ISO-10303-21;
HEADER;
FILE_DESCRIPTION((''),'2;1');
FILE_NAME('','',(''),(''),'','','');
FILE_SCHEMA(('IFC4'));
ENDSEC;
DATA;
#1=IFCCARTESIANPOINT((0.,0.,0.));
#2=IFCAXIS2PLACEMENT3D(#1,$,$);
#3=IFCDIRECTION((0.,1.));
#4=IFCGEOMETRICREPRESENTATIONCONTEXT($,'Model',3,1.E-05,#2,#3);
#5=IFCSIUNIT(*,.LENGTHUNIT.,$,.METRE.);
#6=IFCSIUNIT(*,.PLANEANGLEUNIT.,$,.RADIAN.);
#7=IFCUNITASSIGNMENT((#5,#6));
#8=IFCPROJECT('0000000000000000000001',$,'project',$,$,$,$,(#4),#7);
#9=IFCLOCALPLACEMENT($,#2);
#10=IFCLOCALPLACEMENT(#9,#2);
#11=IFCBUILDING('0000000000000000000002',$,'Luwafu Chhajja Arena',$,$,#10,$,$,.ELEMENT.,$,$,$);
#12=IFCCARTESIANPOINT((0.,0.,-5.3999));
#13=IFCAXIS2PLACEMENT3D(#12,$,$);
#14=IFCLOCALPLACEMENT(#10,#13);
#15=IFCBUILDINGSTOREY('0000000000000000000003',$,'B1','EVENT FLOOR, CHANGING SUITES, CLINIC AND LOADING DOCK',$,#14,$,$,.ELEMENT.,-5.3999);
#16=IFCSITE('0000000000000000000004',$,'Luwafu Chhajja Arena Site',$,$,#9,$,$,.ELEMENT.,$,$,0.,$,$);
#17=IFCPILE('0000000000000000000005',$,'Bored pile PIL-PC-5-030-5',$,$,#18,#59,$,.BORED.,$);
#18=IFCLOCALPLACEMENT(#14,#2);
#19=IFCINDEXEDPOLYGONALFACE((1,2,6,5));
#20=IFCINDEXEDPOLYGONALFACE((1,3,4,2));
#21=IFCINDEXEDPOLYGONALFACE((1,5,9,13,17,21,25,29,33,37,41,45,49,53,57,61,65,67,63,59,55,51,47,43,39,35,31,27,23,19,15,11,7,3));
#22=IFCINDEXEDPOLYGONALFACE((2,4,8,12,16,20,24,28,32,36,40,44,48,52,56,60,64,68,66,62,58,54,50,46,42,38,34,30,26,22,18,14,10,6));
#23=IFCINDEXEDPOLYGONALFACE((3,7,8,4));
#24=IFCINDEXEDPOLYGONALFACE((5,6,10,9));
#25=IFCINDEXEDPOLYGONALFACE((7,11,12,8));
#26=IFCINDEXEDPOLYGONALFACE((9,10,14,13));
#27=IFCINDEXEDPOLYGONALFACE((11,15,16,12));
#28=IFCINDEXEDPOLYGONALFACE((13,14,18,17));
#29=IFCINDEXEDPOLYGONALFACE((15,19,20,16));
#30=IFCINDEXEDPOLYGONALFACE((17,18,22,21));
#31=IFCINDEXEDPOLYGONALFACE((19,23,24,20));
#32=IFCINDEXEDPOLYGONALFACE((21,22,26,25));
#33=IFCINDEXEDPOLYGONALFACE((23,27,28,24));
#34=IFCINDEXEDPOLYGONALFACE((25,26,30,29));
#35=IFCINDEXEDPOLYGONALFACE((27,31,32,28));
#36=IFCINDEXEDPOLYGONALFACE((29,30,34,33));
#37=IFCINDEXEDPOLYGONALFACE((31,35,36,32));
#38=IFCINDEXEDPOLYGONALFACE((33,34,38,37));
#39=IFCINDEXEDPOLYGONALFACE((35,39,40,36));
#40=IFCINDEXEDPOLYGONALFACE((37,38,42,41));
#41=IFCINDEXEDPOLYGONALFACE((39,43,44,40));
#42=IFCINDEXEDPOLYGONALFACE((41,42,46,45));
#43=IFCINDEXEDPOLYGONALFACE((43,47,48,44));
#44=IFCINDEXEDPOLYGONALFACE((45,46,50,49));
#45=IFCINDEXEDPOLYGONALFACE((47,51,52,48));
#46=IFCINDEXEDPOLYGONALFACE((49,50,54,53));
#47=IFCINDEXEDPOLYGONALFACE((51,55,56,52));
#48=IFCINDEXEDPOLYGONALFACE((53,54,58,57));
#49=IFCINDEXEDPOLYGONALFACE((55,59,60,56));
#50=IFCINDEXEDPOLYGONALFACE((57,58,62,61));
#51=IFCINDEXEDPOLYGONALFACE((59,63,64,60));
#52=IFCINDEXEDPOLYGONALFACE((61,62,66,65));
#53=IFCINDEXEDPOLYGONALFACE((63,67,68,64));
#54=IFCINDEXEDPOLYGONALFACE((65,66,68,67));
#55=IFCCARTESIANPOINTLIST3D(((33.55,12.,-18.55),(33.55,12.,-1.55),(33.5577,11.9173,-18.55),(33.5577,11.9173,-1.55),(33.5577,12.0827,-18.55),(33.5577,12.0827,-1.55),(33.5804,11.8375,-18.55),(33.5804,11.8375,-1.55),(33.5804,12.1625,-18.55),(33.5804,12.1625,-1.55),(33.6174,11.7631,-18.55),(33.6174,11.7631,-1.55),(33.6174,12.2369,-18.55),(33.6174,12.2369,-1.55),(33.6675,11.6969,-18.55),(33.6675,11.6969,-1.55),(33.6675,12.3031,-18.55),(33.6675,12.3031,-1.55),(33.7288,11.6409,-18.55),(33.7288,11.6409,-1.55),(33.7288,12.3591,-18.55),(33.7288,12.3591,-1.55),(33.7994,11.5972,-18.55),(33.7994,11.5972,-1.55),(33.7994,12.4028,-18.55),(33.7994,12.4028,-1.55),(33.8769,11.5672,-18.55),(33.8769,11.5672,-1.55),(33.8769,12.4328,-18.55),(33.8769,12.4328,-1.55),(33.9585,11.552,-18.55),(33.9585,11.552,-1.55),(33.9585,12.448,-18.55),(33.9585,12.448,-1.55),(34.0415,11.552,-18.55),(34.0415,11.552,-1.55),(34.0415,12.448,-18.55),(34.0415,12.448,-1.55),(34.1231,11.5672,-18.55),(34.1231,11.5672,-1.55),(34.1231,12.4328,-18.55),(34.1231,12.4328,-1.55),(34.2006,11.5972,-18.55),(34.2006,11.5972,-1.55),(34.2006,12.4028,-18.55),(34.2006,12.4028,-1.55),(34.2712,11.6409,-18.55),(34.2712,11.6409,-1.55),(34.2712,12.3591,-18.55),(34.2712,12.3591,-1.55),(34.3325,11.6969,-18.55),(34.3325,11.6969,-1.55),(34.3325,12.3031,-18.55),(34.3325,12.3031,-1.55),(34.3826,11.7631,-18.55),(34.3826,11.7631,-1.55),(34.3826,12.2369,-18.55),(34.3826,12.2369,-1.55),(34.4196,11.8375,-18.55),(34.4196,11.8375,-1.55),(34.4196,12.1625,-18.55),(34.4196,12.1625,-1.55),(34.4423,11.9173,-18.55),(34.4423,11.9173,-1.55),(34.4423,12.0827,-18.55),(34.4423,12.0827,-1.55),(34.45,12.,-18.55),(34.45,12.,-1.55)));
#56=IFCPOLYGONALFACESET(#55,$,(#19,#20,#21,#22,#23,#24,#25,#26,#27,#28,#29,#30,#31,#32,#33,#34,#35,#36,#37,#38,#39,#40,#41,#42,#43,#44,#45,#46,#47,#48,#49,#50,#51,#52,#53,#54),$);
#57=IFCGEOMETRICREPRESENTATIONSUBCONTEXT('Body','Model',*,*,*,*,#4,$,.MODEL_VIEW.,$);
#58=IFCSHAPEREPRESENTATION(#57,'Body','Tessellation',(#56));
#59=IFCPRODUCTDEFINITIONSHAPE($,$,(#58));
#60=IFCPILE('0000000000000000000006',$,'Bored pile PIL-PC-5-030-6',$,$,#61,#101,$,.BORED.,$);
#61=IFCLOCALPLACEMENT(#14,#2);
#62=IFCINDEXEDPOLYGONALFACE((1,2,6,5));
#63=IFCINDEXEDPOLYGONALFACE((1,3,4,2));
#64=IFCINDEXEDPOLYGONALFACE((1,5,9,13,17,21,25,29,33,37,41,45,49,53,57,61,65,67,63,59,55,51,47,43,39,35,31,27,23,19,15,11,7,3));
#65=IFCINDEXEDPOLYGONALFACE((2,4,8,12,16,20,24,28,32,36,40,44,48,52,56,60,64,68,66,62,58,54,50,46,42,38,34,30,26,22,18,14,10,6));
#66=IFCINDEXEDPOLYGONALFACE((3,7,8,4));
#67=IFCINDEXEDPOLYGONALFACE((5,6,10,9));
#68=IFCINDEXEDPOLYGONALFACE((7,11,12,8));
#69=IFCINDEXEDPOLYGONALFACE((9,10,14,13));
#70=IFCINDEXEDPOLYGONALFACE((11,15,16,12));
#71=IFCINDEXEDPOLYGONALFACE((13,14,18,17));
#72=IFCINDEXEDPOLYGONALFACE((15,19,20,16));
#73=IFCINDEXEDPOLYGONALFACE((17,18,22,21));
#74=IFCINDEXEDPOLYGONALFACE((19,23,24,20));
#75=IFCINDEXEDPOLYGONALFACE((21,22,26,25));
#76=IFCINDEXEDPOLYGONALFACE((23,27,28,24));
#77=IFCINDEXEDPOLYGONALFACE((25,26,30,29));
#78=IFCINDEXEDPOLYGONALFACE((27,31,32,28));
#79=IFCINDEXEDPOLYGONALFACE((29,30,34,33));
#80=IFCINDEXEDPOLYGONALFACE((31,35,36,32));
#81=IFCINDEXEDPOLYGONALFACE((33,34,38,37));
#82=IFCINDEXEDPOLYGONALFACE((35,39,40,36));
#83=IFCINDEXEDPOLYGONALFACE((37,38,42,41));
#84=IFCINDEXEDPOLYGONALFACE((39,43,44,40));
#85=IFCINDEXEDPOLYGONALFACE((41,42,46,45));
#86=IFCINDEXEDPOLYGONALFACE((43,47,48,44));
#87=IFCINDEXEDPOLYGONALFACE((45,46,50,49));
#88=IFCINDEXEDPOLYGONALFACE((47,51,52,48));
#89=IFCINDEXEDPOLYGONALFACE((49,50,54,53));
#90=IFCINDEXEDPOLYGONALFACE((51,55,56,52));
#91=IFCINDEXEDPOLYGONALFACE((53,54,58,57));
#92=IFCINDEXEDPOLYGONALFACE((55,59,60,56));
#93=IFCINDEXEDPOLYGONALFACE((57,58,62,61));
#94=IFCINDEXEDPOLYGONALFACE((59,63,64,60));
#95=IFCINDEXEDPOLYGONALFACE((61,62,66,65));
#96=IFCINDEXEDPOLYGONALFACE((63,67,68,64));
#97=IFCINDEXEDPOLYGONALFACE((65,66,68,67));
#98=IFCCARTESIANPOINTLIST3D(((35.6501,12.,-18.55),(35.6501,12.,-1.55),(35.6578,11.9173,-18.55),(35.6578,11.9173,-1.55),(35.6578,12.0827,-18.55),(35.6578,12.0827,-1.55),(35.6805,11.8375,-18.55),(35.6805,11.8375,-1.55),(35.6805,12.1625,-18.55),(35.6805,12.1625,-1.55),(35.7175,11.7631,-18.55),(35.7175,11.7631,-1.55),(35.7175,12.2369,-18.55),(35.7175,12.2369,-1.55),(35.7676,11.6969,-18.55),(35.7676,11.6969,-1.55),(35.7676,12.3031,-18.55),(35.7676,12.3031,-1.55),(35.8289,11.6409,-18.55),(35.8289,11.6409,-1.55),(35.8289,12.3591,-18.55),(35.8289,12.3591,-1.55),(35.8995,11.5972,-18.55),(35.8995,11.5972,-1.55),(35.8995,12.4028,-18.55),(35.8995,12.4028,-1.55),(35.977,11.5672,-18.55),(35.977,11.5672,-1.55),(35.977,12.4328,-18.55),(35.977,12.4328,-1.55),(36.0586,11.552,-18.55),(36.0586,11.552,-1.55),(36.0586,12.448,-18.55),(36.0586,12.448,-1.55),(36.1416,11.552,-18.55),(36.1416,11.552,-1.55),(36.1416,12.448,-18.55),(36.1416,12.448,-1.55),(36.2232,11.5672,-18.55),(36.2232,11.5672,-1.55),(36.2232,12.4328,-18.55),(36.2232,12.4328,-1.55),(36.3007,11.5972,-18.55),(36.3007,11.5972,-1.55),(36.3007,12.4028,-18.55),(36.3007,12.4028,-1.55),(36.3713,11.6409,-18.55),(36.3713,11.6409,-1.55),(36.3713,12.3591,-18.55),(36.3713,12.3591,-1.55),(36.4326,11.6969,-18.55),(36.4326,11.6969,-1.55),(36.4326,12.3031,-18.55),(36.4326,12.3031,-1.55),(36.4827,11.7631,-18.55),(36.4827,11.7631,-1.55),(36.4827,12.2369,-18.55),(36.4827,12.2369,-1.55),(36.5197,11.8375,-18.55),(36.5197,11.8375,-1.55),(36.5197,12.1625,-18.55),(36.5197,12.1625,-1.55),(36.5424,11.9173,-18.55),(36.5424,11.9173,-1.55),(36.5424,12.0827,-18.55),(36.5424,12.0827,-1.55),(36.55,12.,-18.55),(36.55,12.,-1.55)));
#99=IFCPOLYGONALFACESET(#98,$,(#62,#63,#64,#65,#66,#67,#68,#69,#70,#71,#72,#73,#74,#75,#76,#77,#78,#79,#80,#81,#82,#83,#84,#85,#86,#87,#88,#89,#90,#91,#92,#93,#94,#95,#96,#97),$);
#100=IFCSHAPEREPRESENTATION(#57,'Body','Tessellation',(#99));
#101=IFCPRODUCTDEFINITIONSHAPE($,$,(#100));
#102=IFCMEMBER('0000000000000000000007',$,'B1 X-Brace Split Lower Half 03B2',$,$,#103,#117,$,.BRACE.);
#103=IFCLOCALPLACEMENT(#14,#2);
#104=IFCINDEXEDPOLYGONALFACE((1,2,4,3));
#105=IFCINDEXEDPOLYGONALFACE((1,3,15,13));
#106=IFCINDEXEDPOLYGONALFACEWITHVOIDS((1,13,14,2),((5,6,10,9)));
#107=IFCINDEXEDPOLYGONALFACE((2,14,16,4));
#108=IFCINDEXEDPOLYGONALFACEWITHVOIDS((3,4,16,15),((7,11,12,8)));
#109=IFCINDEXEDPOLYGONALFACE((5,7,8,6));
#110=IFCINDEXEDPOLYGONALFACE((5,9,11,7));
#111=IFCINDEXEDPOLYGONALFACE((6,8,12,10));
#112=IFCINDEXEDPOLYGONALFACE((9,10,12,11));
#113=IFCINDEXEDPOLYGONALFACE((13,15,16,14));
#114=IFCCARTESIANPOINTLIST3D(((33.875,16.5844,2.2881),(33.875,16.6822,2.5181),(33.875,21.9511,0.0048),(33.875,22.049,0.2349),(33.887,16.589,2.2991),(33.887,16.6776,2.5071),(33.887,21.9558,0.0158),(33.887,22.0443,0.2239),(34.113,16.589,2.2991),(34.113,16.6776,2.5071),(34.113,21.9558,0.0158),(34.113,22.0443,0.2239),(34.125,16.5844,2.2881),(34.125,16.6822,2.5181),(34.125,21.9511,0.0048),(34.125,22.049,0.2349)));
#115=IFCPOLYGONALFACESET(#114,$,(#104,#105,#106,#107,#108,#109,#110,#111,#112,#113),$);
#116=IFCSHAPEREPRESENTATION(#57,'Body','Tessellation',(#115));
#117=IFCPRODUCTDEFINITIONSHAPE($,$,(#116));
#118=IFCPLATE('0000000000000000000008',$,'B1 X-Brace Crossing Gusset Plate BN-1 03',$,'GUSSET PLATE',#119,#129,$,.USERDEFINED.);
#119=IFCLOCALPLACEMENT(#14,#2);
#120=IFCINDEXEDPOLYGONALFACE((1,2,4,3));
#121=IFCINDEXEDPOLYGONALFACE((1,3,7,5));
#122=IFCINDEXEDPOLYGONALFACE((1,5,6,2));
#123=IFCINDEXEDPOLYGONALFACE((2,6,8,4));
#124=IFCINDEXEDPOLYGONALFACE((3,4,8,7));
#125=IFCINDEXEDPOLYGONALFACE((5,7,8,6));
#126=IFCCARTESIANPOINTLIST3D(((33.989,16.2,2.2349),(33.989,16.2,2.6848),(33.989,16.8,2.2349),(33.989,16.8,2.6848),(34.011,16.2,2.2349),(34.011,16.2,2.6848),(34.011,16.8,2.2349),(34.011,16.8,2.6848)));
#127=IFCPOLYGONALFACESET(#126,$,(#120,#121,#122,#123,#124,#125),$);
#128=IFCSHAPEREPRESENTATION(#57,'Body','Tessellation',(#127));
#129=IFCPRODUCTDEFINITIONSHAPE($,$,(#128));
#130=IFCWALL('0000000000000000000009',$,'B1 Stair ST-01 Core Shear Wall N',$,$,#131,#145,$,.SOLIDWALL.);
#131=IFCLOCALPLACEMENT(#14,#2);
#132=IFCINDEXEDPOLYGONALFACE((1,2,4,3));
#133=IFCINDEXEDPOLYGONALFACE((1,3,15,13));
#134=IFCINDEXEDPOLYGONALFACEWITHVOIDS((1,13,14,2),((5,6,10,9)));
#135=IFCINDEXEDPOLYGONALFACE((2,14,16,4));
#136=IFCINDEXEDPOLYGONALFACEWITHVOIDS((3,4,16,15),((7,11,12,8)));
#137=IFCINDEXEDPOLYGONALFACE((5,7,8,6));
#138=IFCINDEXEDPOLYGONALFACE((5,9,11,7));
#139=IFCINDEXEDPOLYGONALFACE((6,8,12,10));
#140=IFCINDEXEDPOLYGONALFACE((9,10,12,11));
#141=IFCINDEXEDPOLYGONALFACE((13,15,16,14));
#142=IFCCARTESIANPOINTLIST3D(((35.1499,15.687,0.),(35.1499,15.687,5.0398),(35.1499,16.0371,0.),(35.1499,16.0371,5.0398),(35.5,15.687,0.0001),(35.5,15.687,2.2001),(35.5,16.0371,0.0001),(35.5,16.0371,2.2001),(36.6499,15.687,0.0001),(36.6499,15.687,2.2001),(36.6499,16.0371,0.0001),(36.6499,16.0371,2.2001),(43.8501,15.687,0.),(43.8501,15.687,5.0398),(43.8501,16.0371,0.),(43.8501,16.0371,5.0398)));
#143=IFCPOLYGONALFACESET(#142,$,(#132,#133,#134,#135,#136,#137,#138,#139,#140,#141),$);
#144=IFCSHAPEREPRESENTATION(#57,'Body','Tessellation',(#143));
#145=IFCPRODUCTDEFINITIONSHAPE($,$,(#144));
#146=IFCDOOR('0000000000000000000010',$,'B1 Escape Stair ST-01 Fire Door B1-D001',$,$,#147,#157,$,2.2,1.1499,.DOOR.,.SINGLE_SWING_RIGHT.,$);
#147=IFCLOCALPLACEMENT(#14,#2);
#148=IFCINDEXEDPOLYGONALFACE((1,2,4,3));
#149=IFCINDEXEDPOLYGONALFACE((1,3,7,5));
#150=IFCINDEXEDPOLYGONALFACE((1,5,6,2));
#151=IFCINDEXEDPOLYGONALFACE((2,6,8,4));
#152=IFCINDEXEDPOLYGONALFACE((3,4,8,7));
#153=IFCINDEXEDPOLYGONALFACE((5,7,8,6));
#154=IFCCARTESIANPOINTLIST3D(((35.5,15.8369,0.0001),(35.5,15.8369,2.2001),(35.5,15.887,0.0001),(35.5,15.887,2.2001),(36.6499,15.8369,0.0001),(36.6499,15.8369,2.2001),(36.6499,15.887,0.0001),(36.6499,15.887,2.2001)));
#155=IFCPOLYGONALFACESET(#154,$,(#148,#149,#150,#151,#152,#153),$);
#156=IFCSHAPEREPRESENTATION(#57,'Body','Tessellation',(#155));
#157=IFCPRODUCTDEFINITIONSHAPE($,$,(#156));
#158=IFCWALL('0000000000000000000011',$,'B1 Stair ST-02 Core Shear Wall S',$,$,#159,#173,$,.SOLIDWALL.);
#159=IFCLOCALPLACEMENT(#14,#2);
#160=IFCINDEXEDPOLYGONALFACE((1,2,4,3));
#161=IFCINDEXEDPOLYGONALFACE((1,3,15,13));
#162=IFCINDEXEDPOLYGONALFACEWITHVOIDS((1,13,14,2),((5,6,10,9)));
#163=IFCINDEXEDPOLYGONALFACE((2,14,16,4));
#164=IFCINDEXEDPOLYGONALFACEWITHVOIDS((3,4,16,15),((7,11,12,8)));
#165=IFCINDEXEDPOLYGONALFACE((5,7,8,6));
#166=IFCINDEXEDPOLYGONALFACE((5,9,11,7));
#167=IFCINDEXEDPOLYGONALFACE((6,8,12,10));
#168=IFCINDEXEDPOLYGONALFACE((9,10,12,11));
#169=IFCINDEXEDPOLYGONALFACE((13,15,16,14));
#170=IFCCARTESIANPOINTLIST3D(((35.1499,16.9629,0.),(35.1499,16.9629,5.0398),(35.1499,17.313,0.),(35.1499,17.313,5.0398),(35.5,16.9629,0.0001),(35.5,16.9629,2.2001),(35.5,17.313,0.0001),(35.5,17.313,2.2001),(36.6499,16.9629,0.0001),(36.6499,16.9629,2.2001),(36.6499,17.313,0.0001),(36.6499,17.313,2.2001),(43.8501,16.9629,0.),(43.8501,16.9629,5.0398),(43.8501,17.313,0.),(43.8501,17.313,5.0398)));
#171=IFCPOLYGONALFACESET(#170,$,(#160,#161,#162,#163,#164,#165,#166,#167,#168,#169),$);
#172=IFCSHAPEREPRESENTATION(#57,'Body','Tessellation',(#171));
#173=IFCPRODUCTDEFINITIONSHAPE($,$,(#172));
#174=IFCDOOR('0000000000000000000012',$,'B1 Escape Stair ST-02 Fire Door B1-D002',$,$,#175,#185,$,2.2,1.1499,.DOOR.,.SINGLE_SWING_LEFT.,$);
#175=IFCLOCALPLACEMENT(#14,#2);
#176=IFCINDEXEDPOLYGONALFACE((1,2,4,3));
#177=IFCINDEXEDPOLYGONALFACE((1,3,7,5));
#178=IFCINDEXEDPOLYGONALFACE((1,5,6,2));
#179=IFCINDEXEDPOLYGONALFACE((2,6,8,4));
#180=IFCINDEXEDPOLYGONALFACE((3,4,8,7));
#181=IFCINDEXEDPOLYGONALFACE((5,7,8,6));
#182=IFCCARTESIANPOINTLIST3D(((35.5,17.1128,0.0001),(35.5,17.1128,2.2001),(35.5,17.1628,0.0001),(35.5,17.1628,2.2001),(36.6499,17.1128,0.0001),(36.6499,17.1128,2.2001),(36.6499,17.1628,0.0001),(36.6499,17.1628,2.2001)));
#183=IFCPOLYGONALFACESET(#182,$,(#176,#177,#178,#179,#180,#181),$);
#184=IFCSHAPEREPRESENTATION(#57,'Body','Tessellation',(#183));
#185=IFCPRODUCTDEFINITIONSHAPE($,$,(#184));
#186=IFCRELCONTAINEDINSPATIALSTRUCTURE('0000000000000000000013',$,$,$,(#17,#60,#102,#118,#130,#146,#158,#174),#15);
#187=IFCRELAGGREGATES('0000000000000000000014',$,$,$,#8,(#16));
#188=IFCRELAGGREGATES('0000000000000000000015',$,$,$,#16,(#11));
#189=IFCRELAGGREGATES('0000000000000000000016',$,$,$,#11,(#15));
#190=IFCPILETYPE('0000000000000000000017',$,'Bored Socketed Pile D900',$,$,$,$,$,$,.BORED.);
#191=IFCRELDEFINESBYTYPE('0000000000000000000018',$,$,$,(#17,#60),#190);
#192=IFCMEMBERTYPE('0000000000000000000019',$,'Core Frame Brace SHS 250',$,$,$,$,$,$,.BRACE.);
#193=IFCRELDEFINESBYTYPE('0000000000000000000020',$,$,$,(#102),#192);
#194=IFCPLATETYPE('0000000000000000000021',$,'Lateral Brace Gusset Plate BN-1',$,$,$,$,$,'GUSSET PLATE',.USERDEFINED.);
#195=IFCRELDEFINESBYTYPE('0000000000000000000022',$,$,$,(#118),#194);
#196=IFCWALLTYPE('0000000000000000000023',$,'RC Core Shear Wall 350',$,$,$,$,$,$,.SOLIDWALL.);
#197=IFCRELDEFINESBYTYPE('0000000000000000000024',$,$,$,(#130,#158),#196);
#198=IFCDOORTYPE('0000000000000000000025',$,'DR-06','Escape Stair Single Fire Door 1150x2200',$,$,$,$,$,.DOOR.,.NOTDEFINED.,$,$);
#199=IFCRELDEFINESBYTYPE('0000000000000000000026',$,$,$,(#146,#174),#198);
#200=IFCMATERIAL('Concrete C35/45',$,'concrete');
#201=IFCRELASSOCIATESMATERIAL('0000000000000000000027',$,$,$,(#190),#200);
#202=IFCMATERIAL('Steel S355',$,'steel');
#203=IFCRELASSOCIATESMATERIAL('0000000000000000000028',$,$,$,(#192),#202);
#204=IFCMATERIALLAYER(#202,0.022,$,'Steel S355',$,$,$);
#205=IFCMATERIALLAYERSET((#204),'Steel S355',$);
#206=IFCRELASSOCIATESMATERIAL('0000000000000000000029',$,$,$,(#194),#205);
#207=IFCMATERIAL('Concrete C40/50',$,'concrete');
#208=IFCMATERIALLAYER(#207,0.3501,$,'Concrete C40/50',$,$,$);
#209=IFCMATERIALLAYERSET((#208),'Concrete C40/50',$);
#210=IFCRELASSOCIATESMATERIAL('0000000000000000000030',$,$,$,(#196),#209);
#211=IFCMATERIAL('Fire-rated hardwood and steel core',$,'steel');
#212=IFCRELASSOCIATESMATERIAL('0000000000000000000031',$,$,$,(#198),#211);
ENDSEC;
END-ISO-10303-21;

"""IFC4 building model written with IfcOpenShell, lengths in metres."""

from ifc_helpers import new_model, si_unit, direction, frame, frame_2d, origin, origin_2d, place, context, subcontext, project, spatial, rectangle, hollow_rectangle, circle, extrude, material, layer, layer_set, material_profile, profile_set, type_object, element, fill, save


model = new_model("IFC4")

# Units and contexts
model_context = context("Model", 3, precision=1e-05, world=origin(), true_north=direction((0.0, 1.0)))
body_context = subcontext(model_context, "Body", "Model", "MODEL_VIEW")
ifc_project = project(units=[si_unit("LENGTHUNIT", "METRE"), si_unit("PLANEANGLEUNIT", "RADIAN")], contexts=[model_context])

# Site, building, storey
site_placement = place(None, origin())
site = spatial("IfcSite", under=ifc_project, at=site_placement, Name="Luwafu Chhajja Arena Site", CompositionType="ELEMENT", RefElevation=0.0)
building_placement = place(site_placement, origin())
building = spatial("IfcBuilding", under=site, at=building_placement, Name="Luwafu Chhajja Arena", CompositionType="ELEMENT")
storey_placement = place(building_placement, frame((0.0, 0.0, -5.3999)))
storey = spatial("IfcBuildingStorey", under=building, at=storey_placement, Name="B1", Description="EVENT FLOOR, CHANGING SUITES, CLINIC AND LOADING DOCK", CompositionType="ELEMENT", Elevation=-5.3999)

# Piles
ifc_material_1 = material(Name="Concrete C35/45", Category="concrete")
ifc_material_profile_1 = material_profile(ifc_material_1, circle(Radius=0.45, at=origin_2d()), Name="PILE D900")
ifc_profile_set_1 = profile_set([ifc_material_profile_1], Name="Concrete C35/45")
pile_type = type_object("IfcPileType", Name="Bored Socketed Pile D900", PredefinedType="BORED", material=ifc_profile_set_1)
for number, where, z_axis, x_axis, name in (
    (1, (34.0, 12.0, -1.55), (0.0, 0.0, -1.0), (1.0, 0.0, 0.0), "Bored pile PIL-PC-5-030-5"),
    (2, (36.1001, 12.0, -1.55), (0.0, 0.0, -1.0), (1.0, 0.0, 0.0), "Bored pile PIL-PC-5-030-6"),
):
    element("IfcPile", number, at=place(storey_placement, frame(where, z_axis=z_axis, x_axis=x_axis)), inside=storey, type_object=pile_type, Name=name, PredefinedType="BORED", context=body_context, shape_type="SweptSolid", body=[
        extrude(circle(Radius=0.45, at=origin_2d()), origin(), (0.0, 0.0, 1.0), 17.0),
    ])

# Member
ifc_material_2 = material(Name="Steel S355", Category="steel")
ifc_material_profile_2 = material_profile(ifc_material_2, hollow_rectangle(XDim=0.25, YDim=0.25, WallThickness=0.012, at=origin_2d()), Name="SHS 250x250x12")
ifc_profile_set_2 = profile_set([ifc_material_profile_2], Name="Steel S355")
member_type = type_object("IfcMemberType", Name="Core Frame Brace SHS 250", PredefinedType="BRACE", material=ifc_profile_set_2)
member_placement = place(storey_placement, frame((34.0, 16.6333, 2.4031), z_axis=(0.0, 0.920185, -0.391483), x_axis=(-1.0, 0.0, 0.0)))
element("IfcMember", 3, at=member_placement, inside=storey, type_object=member_type, Name="B1 X-Brace Split Lower Half 03B2", PredefinedType="BRACE", context=body_context, shape_type="SweptSolid", body=[
    extrude(hollow_rectangle(XDim=0.25, YDim=0.25, WallThickness=0.012, at=origin_2d()), origin(), (0.0, 0.0, 1.0), 5.8323),
])

# Plate
ifc_layer_1 = layer(ifc_material_2, 0.022, Name="Steel S355")
ifc_layer_set_1 = layer_set([ifc_layer_1], Name="Steel S355")
plate_type = type_object("IfcPlateType", Name="Lateral Brace Gusset Plate BN-1", ElementType="GUSSET PLATE", PredefinedType="USERDEFINED", material=ifc_layer_set_1)
plate_placement = place(storey_placement, frame((34.0, 16.5, 2.2349), z_axis=(0.0, 0.0, 1.0), x_axis=(1.0, 0.0, 0.0)))
element("IfcPlate", 4, at=plate_placement, inside=storey, type_object=plate_type, Name="B1 X-Brace Crossing Gusset Plate BN-1 03", ObjectType="GUSSET PLATE", PredefinedType="USERDEFINED", context=body_context, shape_type="SweptSolid", body=[
    extrude(rectangle(XDim=0.022, YDim=0.6001, at=origin_2d()), origin(), (0.0, 0.0, 1.0), 0.45),
])

# Walls, openings, doors
ifc_material_3 = material(Name="Concrete C40/50", Category="concrete")
ifc_layer_2 = layer(ifc_material_3, 0.3501, Name="Concrete C40/50")
ifc_layer_set_2 = layer_set([ifc_layer_2], Name="Concrete C40/50")
wall_type_1 = type_object("IfcWallType", Name="RC Core Shear Wall 350", PredefinedType="SOLIDWALL", material=ifc_layer_set_2)
wall_1_placement = place(storey_placement, frame((35.1499, 15.8621, 0.0), z_axis=(0.0, 0.0, 1.0), x_axis=(1.0, 0.0, 0.0)))
wall_1 = element("IfcWall", 5, at=wall_1_placement, inside=storey, type_object=wall_type_1, Name="B1 Stair ST-01 Core Shear Wall N", PredefinedType="SOLIDWALL", context=body_context, shape_type="SweptSolid", body=[
    extrude(rectangle(XDim=8.7002, YDim=0.3501, at=frame_2d((4.3501, 0.0))), origin(), (0.0, 0.0, 1.0), 5.0398),
])
opening_1_placement = place(wall_1_placement, frame((0.3501, 0.0, 0.0)))
opening_1 = element("IfcOpeningElement", 6, at=opening_1_placement, cuts=wall_1, PredefinedType="OPENING", context=body_context, shape_type="SweptSolid", body=[
    extrude(rectangle(XDim=1.1499, YDim=2.2, at=frame_2d((0.575, 1.1001))), frame((0.0, 0.1851, 0.0), z_axis=(0.0, -1.0, 0.0), x_axis=(1.0, 0.0, 0.0)), (0.0, 0.0, 1.0), 0.3701),
])
ifc_material_4 = material(Name="Fire-rated hardwood and steel core", Category="steel")
door_type = type_object("IfcDoorType", Name="DR-06", Description="Escape Stair Single Fire Door 1150x2200", OperationType="NOTDEFINED", PredefinedType="DOOR", material=ifc_material_4)
door_1_placement = place(opening_1_placement, origin())
door_1 = element("IfcDoor", 7, at=door_1_placement, inside=storey, type_object=door_type, Name="B1 Escape Stair ST-01 Fire Door B1-D001", OperationType="SINGLE_SWING_RIGHT", OverallHeight=2.2, OverallWidth=1.1499, PredefinedType="DOOR", context=body_context, shape_type="SweptSolid", body=[
    extrude(rectangle(XDim=1.1499, YDim=2.2, at=frame_2d((0.575, 1.1001))), frame((0.0, 0.0249, 0.0), z_axis=(0.0, -1.0, 0.0), x_axis=(1.0, 0.0, 0.0)), (0.0, 0.0, 1.0), 0.05),
])
fill(opening_1, door_1)
wall_2_placement = place(storey_placement, frame((35.1499, 17.1379, 0.0), z_axis=(0.0, 0.0, 1.0), x_axis=(1.0, 0.0, 0.0)))
wall_2 = element("IfcWall", 8, at=wall_2_placement, inside=storey, type_object=wall_type_1, Name="B1 Stair ST-02 Core Shear Wall S", PredefinedType="SOLIDWALL", context=body_context, shape_type="SweptSolid", body=[
    extrude(rectangle(XDim=8.7002, YDim=0.3501, at=frame_2d((4.3501, 0.0))), origin(), (0.0, 0.0, 1.0), 5.0398),
])
opening_2_placement = place(wall_2_placement, frame((0.3501, 0.0, 0.0)))
opening_2 = element("IfcOpeningElement", 9, at=opening_2_placement, cuts=wall_2, PredefinedType="OPENING", context=body_context, shape_type="SweptSolid", body=[
    extrude(rectangle(XDim=1.1499, YDim=2.2, at=frame_2d((0.575, 1.1001))), frame((0.0, 0.1851, 0.0), z_axis=(0.0, -1.0, 0.0), x_axis=(1.0, 0.0, 0.0)), (0.0, 0.0, 1.0), 0.3701),
])
door_2_placement = place(opening_2_placement, origin())
door_2 = element("IfcDoor", 10, at=door_2_placement, inside=storey, type_object=door_type, Name="B1 Escape Stair ST-02 Fire Door B1-D002", OperationType="SINGLE_SWING_LEFT", OverallHeight=2.2, OverallWidth=1.1499, PredefinedType="DOOR", context=body_context, shape_type="SweptSolid", body=[
    extrude(rectangle(XDim=1.1499, YDim=2.2, at=frame_2d((0.575, 1.1001))), frame((0.0, 0.0249, 0.0), z_axis=(0.0, -1.0, 0.0), x_axis=(1.0, 0.0, 0.0)), (0.0, 0.0, 1.0), 0.05),
])
fill(opening_2, door_2)

save(model, "model.ifc")
